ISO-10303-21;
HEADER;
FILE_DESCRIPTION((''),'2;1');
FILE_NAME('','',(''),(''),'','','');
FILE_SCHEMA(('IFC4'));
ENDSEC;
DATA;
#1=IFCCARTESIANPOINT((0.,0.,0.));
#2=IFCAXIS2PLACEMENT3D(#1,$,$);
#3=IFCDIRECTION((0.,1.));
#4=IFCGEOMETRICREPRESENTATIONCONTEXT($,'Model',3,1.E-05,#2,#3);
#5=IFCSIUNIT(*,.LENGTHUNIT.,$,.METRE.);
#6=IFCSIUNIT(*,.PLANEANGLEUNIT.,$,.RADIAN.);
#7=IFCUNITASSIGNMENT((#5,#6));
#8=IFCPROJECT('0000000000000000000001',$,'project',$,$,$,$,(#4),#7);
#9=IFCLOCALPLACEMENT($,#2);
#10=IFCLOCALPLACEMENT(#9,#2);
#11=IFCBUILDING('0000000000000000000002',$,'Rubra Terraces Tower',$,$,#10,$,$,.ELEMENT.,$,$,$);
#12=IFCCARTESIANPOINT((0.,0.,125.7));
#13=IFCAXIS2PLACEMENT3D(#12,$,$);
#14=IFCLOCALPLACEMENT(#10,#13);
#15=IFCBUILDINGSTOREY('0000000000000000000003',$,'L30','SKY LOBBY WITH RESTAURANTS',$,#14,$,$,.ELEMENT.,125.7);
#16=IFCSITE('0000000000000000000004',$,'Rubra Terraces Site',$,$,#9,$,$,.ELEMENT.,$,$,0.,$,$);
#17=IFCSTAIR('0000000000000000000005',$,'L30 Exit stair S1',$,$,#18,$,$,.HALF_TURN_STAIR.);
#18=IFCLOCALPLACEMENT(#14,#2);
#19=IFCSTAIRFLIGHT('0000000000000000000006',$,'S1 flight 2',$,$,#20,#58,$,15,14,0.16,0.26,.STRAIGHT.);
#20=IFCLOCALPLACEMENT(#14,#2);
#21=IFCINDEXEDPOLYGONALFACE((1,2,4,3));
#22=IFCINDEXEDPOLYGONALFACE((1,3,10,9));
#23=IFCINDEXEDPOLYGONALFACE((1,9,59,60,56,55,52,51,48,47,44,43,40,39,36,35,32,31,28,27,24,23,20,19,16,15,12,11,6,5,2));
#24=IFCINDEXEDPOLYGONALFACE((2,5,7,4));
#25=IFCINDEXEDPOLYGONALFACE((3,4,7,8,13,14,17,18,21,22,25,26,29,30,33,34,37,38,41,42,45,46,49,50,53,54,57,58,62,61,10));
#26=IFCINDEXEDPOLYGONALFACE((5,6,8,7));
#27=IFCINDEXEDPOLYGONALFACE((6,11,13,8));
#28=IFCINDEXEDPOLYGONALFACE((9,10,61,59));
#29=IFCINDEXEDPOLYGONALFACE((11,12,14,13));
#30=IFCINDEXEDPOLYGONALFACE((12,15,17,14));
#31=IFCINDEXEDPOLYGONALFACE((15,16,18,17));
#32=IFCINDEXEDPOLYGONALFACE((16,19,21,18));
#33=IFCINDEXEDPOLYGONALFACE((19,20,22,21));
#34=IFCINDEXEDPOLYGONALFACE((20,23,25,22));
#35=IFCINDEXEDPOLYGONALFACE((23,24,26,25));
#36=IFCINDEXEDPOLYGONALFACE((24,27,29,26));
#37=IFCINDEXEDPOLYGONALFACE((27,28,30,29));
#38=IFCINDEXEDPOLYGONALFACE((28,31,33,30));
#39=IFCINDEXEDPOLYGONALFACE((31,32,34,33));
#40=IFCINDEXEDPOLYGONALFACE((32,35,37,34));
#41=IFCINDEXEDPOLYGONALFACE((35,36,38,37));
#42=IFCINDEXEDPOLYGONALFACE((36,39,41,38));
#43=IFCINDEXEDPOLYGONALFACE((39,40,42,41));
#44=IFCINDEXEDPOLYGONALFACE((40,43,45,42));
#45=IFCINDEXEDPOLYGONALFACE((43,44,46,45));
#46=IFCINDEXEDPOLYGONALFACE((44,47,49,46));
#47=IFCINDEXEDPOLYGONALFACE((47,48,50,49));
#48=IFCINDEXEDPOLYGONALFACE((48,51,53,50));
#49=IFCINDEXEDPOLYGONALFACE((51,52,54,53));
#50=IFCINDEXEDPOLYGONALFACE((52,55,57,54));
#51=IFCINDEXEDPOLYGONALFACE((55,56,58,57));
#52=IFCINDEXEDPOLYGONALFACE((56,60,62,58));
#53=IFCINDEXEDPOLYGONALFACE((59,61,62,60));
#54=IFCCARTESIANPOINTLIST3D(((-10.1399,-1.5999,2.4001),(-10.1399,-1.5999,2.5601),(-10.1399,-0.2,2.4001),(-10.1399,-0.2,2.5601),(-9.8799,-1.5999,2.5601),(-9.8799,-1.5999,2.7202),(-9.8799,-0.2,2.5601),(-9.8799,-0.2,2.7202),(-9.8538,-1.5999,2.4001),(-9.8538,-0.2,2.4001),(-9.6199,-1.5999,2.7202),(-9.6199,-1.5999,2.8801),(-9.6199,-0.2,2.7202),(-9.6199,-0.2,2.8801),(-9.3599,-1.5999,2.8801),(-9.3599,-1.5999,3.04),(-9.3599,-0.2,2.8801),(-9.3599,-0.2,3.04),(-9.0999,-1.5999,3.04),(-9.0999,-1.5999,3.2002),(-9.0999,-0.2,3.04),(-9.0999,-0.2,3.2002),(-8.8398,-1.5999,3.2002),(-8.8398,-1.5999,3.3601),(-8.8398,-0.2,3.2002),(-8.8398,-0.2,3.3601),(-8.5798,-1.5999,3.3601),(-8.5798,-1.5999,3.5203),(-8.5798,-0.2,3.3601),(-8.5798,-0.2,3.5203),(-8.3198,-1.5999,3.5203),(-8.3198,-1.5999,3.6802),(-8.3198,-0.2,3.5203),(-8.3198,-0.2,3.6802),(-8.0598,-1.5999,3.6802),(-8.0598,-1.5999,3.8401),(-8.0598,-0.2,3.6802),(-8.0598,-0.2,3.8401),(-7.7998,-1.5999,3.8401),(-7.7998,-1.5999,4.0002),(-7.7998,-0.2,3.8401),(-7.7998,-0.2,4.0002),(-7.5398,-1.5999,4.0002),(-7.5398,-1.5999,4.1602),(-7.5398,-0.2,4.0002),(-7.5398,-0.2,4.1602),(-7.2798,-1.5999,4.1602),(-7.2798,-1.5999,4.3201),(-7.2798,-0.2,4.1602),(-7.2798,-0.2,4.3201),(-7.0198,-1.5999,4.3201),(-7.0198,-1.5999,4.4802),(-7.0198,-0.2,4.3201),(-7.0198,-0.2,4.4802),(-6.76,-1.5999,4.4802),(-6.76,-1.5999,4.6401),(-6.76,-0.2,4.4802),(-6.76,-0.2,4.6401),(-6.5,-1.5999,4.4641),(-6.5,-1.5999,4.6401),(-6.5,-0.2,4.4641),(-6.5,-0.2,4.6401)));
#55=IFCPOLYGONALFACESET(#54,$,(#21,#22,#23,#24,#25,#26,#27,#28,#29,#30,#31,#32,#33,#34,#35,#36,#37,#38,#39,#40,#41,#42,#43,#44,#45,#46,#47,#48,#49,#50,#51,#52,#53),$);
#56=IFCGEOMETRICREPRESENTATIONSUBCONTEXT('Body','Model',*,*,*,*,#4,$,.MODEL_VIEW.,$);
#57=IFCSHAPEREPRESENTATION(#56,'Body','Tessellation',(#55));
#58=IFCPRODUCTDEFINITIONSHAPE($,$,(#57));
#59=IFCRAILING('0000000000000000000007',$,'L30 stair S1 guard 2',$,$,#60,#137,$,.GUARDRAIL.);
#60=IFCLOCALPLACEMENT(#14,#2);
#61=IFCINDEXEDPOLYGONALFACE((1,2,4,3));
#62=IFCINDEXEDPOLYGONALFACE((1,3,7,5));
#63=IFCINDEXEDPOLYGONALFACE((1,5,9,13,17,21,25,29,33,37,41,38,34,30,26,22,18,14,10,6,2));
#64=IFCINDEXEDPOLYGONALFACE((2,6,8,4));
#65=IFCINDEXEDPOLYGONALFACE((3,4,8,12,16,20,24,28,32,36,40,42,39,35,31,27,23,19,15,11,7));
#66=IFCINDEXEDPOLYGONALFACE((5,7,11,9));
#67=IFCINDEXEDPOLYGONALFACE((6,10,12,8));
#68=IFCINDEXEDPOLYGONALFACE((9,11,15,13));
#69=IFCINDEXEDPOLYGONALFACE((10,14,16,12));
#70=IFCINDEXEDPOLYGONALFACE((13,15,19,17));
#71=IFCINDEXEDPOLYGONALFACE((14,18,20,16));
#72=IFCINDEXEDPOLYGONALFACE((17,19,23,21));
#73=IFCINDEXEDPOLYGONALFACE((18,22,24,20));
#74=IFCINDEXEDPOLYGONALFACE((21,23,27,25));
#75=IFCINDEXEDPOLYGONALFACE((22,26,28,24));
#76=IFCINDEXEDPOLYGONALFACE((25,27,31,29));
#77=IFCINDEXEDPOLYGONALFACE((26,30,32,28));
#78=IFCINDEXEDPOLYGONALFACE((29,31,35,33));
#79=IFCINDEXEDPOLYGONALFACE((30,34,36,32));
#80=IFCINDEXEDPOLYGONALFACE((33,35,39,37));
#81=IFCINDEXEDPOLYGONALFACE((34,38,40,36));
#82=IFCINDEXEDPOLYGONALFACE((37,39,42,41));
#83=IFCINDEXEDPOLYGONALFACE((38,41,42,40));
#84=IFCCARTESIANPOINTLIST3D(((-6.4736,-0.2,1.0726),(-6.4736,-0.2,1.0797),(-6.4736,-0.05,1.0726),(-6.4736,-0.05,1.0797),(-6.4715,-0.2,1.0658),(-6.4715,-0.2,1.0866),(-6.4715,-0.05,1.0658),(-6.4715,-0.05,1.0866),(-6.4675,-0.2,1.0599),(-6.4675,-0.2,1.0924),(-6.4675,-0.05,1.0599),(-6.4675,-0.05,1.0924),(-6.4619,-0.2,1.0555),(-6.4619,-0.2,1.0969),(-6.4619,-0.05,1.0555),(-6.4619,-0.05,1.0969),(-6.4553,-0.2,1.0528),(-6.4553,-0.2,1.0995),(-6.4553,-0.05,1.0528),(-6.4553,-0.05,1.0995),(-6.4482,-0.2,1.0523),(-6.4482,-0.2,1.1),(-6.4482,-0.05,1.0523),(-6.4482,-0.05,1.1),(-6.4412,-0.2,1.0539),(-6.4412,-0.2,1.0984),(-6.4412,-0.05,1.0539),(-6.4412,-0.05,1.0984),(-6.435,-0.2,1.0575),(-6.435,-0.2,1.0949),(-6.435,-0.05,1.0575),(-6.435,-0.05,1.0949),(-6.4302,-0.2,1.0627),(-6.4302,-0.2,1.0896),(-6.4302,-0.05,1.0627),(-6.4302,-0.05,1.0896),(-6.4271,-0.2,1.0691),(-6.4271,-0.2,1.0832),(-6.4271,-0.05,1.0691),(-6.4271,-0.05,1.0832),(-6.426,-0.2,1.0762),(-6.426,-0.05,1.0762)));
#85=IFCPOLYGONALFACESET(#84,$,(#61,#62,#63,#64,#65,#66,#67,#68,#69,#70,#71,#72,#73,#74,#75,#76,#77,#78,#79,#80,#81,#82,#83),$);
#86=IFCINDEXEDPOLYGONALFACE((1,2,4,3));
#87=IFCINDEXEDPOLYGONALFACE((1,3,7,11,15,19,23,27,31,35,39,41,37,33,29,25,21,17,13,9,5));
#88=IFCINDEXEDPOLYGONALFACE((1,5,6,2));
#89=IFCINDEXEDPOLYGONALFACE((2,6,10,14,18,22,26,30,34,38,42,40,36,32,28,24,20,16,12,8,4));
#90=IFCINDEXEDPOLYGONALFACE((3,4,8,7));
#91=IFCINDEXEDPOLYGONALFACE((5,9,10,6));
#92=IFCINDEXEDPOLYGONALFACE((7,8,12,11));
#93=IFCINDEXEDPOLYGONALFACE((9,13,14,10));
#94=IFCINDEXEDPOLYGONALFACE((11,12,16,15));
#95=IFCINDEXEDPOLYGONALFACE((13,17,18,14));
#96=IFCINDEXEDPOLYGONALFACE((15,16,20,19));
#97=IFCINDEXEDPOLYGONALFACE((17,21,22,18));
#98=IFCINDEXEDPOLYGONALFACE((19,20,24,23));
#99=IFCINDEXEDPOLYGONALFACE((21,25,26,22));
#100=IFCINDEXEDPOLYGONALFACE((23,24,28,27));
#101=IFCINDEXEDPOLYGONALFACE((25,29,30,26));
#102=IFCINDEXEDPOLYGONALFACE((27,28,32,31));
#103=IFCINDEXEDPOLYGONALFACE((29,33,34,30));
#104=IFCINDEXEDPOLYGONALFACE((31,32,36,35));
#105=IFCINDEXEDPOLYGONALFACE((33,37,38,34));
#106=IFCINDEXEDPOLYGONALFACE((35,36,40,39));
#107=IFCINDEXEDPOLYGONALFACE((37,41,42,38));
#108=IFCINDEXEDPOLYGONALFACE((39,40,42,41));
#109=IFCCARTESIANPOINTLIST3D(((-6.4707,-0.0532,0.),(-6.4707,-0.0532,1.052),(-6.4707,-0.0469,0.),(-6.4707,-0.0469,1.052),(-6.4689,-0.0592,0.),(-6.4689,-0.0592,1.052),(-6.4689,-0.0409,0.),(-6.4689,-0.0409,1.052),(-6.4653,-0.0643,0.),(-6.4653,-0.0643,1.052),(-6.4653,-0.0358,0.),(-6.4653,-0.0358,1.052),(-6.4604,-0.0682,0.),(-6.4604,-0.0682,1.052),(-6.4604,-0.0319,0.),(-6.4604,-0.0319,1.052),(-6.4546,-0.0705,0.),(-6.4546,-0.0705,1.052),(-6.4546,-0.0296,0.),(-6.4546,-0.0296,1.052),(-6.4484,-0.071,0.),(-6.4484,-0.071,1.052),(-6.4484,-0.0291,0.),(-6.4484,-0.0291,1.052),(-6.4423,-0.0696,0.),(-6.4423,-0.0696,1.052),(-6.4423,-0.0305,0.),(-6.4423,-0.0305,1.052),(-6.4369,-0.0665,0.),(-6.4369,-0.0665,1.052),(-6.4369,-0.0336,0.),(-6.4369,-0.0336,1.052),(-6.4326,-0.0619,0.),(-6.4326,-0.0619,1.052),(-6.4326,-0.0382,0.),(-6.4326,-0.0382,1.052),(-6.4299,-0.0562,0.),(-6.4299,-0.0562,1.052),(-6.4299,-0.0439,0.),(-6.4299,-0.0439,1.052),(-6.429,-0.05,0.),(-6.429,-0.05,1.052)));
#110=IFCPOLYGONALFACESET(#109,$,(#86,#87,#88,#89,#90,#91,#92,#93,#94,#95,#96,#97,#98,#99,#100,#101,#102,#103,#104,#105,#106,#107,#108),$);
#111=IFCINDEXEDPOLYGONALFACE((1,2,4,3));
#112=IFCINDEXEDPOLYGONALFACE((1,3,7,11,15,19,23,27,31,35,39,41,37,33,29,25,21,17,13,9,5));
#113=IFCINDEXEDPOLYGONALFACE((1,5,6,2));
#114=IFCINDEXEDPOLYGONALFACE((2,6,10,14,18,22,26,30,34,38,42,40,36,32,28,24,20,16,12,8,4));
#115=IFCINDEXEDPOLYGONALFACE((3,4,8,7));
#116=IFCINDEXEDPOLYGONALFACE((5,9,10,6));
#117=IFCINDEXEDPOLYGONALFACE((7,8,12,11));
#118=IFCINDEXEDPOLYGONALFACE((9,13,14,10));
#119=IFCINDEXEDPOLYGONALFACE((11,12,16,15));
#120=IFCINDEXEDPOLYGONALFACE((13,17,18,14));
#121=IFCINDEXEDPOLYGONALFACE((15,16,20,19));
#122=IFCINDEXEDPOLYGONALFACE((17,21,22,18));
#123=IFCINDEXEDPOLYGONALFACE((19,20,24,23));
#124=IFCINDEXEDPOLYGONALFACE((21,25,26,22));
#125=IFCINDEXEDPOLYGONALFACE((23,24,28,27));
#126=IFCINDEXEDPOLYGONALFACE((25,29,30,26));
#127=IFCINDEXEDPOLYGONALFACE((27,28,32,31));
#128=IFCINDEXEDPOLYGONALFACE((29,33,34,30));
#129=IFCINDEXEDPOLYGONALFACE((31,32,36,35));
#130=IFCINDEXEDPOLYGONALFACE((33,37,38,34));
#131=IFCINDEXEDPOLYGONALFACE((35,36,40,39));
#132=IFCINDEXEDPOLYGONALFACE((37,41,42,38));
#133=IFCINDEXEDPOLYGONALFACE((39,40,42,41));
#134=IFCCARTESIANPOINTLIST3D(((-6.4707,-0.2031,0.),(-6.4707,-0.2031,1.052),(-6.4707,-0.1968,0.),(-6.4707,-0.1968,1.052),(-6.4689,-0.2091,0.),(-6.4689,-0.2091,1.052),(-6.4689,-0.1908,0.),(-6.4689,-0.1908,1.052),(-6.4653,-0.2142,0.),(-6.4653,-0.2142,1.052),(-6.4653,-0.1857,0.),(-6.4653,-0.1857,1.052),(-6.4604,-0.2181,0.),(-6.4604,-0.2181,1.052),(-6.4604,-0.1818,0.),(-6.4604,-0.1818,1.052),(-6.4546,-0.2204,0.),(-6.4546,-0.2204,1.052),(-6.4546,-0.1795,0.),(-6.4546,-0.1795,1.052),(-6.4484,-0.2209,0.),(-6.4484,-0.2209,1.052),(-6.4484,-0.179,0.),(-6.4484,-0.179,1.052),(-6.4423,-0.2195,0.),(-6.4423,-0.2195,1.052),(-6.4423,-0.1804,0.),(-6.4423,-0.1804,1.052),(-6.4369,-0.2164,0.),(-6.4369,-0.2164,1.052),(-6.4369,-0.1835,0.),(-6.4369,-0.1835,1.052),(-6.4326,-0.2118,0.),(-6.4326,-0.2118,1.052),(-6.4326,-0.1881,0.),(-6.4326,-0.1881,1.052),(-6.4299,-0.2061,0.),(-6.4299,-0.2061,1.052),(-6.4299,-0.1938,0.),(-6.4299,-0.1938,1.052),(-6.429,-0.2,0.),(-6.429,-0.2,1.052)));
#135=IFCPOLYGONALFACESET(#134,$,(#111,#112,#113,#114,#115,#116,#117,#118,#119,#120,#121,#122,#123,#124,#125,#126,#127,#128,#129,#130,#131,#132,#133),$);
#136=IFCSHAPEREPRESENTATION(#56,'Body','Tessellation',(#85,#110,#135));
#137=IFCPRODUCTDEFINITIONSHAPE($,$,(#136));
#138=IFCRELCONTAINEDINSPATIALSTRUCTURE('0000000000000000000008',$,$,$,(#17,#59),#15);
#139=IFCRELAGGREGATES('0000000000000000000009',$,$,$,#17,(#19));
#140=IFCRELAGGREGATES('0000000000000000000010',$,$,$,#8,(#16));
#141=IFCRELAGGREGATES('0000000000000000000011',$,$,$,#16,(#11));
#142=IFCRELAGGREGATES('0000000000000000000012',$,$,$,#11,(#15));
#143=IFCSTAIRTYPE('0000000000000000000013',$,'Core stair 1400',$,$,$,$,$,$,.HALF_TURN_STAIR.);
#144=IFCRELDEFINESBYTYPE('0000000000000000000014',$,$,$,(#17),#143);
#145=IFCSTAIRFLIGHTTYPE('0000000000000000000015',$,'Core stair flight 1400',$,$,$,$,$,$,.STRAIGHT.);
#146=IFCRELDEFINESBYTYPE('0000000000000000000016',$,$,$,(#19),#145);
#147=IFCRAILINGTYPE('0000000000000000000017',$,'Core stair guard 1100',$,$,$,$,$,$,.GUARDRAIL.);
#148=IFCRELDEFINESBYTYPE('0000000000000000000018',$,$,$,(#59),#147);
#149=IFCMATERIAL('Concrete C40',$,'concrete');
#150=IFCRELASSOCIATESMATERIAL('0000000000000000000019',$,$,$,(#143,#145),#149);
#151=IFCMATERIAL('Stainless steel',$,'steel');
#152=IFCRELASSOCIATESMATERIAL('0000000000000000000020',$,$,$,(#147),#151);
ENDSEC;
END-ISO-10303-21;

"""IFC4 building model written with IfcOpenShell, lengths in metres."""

from ifc_helpers import new_model, si_unit, direction, frame, origin, origin_2d, place, context, subcontext, project, spatial, polyline, circle, outline, extrude, material, type_object, element, aggregate, save


model = new_model("IFC4")

# Units and contexts
model_context = context("Model", 3, precision=1e-05, world=origin(), true_north=direction((0.0, 1.0)))
body_context = subcontext(model_context, "Body", "Model", "MODEL_VIEW")
ifc_project = project(units=[si_unit("LENGTHUNIT", "METRE"), si_unit("PLANEANGLEUNIT", "RADIAN")], contexts=[model_context])

# Site, building, storey
site_placement = place(None, origin())
site = spatial("IfcSite", under=ifc_project, at=site_placement, Name="Rubra Terraces Site", CompositionType="ELEMENT", RefElevation=0.0)
building_placement = place(site_placement, origin())
building = spatial("IfcBuilding", under=site, at=building_placement, Name="Rubra Terraces Tower", CompositionType="ELEMENT")
storey_placement = place(building_placement, frame((0.0, 0.0, 125.7)))
storey = spatial("IfcBuildingStorey", under=building, at=storey_placement, Name="L30", Description="SKY LOBBY WITH RESTAURANTS", CompositionType="ELEMENT", Elevation=125.7)

# Shared definitions
ifc_material_1 = material(Name="Concrete C40", Category="concrete")

# Stair, stair flight
stair_type = type_object("IfcStairType", Name="Core stair 1400", PredefinedType="HALF_TURN_STAIR", material=ifc_material_1)
stair_placement = place(storey_placement, origin())
stair = element("IfcStair", 1, at=stair_placement, inside=storey, type_object=stair_type, Name="L30 Exit stair S1", PredefinedType="HALF_TURN_STAIR")
stair_flight_type = type_object("IfcStairFlightType", Name="Core stair flight 1400", PredefinedType="STRAIGHT", material=ifc_material_1)
stair_flight_1_placement = place(storey_placement, frame((-10.1399, -0.8999, 2.4001), z_axis=(0.0, 0.0, 1.0), x_axis=(1.0, 0.0, 0.0)))
stair_flight_1 = element("IfcStairFlight", 2, at=stair_flight_1_placement, type_object=stair_flight_type, Name="S1 flight 2", NumberOfRisers=15, NumberOfTreads=14, PredefinedType="STRAIGHT", RiserHeight=0.16, TreadLength=0.26, context=body_context, shape_type="SweptSolid", body=[
    extrude(outline(polyline([(0.0, 0.0), (0.0, 0.1599), (0.26, 0.1599), (0.26, 0.3201), (0.52, 0.3201), (0.52, 0.48), (0.78, 0.48), (0.78, 0.6399), (1.04, 0.6399), (1.04, 0.8), (1.3, 0.8), (1.3, 0.96), (1.5601, 0.96), (1.5601, 1.1201), (1.8201, 1.1201), (1.8201, 1.28), (2.0801, 1.28), (2.0801, 1.4399), (2.3401, 1.4399), (2.3401, 1.6001), (2.6001, 1.6001), (2.6001, 1.76), (2.8601, 1.76), (2.8601, 1.9199), (3.1201, 1.9199), (3.1201, 2.0801), (3.3799, 2.0801), (3.3799, 2.24), (3.6399, 2.24), (3.6399, 2.3999), (3.6399, 2.064), (0.2861, 0.0), (0.0, 0.0)])), frame((0.0, 0.7, 0.0), z_axis=(0.0, -1.0, 0.0), x_axis=(1.0, 0.0, 0.0)), (0.0, 0.0, 1.0), 1.3999),
])
aggregate(stair, [stair_flight_1])

# Railing
ifc_material_2 = material(Name="Stainless steel", Category="steel")
railing_type = type_object("IfcRailingType", Name="Core stair guard 1100", PredefinedType="GUARDRAIL", material=ifc_material_2)
railing_1_placement = place(storey_placement, frame((-6.45, -0.05, 0.0)))
element("IfcRailing", 3, at=railing_1_placement, inside=storey, type_object=railing_type, Name="L30 stair S1 guard 2", PredefinedType="GUARDRAIL", context=body_context, shape_type="SweptSolid", body=[
    extrude(circle(Radius=0.0239, at=origin_2d()), frame((0.0, 0.0, 1.0762), z_axis=(0.0, -1.0, 0.0), x_axis=(1.0, 0.0, 0.0)), (0.0, 0.0, 1.0), 0.1499),
    extrude(circle(Radius=0.021, at=origin_2d()), origin(), (0.0, 0.0, 1.0), 1.052),
    extrude(circle(Radius=0.021, at=origin_2d()), frame((0.0, -0.1499, 0.0)), (0.0, 0.0, 1.0), 1.052),
])

save(model, "model.ifc")
